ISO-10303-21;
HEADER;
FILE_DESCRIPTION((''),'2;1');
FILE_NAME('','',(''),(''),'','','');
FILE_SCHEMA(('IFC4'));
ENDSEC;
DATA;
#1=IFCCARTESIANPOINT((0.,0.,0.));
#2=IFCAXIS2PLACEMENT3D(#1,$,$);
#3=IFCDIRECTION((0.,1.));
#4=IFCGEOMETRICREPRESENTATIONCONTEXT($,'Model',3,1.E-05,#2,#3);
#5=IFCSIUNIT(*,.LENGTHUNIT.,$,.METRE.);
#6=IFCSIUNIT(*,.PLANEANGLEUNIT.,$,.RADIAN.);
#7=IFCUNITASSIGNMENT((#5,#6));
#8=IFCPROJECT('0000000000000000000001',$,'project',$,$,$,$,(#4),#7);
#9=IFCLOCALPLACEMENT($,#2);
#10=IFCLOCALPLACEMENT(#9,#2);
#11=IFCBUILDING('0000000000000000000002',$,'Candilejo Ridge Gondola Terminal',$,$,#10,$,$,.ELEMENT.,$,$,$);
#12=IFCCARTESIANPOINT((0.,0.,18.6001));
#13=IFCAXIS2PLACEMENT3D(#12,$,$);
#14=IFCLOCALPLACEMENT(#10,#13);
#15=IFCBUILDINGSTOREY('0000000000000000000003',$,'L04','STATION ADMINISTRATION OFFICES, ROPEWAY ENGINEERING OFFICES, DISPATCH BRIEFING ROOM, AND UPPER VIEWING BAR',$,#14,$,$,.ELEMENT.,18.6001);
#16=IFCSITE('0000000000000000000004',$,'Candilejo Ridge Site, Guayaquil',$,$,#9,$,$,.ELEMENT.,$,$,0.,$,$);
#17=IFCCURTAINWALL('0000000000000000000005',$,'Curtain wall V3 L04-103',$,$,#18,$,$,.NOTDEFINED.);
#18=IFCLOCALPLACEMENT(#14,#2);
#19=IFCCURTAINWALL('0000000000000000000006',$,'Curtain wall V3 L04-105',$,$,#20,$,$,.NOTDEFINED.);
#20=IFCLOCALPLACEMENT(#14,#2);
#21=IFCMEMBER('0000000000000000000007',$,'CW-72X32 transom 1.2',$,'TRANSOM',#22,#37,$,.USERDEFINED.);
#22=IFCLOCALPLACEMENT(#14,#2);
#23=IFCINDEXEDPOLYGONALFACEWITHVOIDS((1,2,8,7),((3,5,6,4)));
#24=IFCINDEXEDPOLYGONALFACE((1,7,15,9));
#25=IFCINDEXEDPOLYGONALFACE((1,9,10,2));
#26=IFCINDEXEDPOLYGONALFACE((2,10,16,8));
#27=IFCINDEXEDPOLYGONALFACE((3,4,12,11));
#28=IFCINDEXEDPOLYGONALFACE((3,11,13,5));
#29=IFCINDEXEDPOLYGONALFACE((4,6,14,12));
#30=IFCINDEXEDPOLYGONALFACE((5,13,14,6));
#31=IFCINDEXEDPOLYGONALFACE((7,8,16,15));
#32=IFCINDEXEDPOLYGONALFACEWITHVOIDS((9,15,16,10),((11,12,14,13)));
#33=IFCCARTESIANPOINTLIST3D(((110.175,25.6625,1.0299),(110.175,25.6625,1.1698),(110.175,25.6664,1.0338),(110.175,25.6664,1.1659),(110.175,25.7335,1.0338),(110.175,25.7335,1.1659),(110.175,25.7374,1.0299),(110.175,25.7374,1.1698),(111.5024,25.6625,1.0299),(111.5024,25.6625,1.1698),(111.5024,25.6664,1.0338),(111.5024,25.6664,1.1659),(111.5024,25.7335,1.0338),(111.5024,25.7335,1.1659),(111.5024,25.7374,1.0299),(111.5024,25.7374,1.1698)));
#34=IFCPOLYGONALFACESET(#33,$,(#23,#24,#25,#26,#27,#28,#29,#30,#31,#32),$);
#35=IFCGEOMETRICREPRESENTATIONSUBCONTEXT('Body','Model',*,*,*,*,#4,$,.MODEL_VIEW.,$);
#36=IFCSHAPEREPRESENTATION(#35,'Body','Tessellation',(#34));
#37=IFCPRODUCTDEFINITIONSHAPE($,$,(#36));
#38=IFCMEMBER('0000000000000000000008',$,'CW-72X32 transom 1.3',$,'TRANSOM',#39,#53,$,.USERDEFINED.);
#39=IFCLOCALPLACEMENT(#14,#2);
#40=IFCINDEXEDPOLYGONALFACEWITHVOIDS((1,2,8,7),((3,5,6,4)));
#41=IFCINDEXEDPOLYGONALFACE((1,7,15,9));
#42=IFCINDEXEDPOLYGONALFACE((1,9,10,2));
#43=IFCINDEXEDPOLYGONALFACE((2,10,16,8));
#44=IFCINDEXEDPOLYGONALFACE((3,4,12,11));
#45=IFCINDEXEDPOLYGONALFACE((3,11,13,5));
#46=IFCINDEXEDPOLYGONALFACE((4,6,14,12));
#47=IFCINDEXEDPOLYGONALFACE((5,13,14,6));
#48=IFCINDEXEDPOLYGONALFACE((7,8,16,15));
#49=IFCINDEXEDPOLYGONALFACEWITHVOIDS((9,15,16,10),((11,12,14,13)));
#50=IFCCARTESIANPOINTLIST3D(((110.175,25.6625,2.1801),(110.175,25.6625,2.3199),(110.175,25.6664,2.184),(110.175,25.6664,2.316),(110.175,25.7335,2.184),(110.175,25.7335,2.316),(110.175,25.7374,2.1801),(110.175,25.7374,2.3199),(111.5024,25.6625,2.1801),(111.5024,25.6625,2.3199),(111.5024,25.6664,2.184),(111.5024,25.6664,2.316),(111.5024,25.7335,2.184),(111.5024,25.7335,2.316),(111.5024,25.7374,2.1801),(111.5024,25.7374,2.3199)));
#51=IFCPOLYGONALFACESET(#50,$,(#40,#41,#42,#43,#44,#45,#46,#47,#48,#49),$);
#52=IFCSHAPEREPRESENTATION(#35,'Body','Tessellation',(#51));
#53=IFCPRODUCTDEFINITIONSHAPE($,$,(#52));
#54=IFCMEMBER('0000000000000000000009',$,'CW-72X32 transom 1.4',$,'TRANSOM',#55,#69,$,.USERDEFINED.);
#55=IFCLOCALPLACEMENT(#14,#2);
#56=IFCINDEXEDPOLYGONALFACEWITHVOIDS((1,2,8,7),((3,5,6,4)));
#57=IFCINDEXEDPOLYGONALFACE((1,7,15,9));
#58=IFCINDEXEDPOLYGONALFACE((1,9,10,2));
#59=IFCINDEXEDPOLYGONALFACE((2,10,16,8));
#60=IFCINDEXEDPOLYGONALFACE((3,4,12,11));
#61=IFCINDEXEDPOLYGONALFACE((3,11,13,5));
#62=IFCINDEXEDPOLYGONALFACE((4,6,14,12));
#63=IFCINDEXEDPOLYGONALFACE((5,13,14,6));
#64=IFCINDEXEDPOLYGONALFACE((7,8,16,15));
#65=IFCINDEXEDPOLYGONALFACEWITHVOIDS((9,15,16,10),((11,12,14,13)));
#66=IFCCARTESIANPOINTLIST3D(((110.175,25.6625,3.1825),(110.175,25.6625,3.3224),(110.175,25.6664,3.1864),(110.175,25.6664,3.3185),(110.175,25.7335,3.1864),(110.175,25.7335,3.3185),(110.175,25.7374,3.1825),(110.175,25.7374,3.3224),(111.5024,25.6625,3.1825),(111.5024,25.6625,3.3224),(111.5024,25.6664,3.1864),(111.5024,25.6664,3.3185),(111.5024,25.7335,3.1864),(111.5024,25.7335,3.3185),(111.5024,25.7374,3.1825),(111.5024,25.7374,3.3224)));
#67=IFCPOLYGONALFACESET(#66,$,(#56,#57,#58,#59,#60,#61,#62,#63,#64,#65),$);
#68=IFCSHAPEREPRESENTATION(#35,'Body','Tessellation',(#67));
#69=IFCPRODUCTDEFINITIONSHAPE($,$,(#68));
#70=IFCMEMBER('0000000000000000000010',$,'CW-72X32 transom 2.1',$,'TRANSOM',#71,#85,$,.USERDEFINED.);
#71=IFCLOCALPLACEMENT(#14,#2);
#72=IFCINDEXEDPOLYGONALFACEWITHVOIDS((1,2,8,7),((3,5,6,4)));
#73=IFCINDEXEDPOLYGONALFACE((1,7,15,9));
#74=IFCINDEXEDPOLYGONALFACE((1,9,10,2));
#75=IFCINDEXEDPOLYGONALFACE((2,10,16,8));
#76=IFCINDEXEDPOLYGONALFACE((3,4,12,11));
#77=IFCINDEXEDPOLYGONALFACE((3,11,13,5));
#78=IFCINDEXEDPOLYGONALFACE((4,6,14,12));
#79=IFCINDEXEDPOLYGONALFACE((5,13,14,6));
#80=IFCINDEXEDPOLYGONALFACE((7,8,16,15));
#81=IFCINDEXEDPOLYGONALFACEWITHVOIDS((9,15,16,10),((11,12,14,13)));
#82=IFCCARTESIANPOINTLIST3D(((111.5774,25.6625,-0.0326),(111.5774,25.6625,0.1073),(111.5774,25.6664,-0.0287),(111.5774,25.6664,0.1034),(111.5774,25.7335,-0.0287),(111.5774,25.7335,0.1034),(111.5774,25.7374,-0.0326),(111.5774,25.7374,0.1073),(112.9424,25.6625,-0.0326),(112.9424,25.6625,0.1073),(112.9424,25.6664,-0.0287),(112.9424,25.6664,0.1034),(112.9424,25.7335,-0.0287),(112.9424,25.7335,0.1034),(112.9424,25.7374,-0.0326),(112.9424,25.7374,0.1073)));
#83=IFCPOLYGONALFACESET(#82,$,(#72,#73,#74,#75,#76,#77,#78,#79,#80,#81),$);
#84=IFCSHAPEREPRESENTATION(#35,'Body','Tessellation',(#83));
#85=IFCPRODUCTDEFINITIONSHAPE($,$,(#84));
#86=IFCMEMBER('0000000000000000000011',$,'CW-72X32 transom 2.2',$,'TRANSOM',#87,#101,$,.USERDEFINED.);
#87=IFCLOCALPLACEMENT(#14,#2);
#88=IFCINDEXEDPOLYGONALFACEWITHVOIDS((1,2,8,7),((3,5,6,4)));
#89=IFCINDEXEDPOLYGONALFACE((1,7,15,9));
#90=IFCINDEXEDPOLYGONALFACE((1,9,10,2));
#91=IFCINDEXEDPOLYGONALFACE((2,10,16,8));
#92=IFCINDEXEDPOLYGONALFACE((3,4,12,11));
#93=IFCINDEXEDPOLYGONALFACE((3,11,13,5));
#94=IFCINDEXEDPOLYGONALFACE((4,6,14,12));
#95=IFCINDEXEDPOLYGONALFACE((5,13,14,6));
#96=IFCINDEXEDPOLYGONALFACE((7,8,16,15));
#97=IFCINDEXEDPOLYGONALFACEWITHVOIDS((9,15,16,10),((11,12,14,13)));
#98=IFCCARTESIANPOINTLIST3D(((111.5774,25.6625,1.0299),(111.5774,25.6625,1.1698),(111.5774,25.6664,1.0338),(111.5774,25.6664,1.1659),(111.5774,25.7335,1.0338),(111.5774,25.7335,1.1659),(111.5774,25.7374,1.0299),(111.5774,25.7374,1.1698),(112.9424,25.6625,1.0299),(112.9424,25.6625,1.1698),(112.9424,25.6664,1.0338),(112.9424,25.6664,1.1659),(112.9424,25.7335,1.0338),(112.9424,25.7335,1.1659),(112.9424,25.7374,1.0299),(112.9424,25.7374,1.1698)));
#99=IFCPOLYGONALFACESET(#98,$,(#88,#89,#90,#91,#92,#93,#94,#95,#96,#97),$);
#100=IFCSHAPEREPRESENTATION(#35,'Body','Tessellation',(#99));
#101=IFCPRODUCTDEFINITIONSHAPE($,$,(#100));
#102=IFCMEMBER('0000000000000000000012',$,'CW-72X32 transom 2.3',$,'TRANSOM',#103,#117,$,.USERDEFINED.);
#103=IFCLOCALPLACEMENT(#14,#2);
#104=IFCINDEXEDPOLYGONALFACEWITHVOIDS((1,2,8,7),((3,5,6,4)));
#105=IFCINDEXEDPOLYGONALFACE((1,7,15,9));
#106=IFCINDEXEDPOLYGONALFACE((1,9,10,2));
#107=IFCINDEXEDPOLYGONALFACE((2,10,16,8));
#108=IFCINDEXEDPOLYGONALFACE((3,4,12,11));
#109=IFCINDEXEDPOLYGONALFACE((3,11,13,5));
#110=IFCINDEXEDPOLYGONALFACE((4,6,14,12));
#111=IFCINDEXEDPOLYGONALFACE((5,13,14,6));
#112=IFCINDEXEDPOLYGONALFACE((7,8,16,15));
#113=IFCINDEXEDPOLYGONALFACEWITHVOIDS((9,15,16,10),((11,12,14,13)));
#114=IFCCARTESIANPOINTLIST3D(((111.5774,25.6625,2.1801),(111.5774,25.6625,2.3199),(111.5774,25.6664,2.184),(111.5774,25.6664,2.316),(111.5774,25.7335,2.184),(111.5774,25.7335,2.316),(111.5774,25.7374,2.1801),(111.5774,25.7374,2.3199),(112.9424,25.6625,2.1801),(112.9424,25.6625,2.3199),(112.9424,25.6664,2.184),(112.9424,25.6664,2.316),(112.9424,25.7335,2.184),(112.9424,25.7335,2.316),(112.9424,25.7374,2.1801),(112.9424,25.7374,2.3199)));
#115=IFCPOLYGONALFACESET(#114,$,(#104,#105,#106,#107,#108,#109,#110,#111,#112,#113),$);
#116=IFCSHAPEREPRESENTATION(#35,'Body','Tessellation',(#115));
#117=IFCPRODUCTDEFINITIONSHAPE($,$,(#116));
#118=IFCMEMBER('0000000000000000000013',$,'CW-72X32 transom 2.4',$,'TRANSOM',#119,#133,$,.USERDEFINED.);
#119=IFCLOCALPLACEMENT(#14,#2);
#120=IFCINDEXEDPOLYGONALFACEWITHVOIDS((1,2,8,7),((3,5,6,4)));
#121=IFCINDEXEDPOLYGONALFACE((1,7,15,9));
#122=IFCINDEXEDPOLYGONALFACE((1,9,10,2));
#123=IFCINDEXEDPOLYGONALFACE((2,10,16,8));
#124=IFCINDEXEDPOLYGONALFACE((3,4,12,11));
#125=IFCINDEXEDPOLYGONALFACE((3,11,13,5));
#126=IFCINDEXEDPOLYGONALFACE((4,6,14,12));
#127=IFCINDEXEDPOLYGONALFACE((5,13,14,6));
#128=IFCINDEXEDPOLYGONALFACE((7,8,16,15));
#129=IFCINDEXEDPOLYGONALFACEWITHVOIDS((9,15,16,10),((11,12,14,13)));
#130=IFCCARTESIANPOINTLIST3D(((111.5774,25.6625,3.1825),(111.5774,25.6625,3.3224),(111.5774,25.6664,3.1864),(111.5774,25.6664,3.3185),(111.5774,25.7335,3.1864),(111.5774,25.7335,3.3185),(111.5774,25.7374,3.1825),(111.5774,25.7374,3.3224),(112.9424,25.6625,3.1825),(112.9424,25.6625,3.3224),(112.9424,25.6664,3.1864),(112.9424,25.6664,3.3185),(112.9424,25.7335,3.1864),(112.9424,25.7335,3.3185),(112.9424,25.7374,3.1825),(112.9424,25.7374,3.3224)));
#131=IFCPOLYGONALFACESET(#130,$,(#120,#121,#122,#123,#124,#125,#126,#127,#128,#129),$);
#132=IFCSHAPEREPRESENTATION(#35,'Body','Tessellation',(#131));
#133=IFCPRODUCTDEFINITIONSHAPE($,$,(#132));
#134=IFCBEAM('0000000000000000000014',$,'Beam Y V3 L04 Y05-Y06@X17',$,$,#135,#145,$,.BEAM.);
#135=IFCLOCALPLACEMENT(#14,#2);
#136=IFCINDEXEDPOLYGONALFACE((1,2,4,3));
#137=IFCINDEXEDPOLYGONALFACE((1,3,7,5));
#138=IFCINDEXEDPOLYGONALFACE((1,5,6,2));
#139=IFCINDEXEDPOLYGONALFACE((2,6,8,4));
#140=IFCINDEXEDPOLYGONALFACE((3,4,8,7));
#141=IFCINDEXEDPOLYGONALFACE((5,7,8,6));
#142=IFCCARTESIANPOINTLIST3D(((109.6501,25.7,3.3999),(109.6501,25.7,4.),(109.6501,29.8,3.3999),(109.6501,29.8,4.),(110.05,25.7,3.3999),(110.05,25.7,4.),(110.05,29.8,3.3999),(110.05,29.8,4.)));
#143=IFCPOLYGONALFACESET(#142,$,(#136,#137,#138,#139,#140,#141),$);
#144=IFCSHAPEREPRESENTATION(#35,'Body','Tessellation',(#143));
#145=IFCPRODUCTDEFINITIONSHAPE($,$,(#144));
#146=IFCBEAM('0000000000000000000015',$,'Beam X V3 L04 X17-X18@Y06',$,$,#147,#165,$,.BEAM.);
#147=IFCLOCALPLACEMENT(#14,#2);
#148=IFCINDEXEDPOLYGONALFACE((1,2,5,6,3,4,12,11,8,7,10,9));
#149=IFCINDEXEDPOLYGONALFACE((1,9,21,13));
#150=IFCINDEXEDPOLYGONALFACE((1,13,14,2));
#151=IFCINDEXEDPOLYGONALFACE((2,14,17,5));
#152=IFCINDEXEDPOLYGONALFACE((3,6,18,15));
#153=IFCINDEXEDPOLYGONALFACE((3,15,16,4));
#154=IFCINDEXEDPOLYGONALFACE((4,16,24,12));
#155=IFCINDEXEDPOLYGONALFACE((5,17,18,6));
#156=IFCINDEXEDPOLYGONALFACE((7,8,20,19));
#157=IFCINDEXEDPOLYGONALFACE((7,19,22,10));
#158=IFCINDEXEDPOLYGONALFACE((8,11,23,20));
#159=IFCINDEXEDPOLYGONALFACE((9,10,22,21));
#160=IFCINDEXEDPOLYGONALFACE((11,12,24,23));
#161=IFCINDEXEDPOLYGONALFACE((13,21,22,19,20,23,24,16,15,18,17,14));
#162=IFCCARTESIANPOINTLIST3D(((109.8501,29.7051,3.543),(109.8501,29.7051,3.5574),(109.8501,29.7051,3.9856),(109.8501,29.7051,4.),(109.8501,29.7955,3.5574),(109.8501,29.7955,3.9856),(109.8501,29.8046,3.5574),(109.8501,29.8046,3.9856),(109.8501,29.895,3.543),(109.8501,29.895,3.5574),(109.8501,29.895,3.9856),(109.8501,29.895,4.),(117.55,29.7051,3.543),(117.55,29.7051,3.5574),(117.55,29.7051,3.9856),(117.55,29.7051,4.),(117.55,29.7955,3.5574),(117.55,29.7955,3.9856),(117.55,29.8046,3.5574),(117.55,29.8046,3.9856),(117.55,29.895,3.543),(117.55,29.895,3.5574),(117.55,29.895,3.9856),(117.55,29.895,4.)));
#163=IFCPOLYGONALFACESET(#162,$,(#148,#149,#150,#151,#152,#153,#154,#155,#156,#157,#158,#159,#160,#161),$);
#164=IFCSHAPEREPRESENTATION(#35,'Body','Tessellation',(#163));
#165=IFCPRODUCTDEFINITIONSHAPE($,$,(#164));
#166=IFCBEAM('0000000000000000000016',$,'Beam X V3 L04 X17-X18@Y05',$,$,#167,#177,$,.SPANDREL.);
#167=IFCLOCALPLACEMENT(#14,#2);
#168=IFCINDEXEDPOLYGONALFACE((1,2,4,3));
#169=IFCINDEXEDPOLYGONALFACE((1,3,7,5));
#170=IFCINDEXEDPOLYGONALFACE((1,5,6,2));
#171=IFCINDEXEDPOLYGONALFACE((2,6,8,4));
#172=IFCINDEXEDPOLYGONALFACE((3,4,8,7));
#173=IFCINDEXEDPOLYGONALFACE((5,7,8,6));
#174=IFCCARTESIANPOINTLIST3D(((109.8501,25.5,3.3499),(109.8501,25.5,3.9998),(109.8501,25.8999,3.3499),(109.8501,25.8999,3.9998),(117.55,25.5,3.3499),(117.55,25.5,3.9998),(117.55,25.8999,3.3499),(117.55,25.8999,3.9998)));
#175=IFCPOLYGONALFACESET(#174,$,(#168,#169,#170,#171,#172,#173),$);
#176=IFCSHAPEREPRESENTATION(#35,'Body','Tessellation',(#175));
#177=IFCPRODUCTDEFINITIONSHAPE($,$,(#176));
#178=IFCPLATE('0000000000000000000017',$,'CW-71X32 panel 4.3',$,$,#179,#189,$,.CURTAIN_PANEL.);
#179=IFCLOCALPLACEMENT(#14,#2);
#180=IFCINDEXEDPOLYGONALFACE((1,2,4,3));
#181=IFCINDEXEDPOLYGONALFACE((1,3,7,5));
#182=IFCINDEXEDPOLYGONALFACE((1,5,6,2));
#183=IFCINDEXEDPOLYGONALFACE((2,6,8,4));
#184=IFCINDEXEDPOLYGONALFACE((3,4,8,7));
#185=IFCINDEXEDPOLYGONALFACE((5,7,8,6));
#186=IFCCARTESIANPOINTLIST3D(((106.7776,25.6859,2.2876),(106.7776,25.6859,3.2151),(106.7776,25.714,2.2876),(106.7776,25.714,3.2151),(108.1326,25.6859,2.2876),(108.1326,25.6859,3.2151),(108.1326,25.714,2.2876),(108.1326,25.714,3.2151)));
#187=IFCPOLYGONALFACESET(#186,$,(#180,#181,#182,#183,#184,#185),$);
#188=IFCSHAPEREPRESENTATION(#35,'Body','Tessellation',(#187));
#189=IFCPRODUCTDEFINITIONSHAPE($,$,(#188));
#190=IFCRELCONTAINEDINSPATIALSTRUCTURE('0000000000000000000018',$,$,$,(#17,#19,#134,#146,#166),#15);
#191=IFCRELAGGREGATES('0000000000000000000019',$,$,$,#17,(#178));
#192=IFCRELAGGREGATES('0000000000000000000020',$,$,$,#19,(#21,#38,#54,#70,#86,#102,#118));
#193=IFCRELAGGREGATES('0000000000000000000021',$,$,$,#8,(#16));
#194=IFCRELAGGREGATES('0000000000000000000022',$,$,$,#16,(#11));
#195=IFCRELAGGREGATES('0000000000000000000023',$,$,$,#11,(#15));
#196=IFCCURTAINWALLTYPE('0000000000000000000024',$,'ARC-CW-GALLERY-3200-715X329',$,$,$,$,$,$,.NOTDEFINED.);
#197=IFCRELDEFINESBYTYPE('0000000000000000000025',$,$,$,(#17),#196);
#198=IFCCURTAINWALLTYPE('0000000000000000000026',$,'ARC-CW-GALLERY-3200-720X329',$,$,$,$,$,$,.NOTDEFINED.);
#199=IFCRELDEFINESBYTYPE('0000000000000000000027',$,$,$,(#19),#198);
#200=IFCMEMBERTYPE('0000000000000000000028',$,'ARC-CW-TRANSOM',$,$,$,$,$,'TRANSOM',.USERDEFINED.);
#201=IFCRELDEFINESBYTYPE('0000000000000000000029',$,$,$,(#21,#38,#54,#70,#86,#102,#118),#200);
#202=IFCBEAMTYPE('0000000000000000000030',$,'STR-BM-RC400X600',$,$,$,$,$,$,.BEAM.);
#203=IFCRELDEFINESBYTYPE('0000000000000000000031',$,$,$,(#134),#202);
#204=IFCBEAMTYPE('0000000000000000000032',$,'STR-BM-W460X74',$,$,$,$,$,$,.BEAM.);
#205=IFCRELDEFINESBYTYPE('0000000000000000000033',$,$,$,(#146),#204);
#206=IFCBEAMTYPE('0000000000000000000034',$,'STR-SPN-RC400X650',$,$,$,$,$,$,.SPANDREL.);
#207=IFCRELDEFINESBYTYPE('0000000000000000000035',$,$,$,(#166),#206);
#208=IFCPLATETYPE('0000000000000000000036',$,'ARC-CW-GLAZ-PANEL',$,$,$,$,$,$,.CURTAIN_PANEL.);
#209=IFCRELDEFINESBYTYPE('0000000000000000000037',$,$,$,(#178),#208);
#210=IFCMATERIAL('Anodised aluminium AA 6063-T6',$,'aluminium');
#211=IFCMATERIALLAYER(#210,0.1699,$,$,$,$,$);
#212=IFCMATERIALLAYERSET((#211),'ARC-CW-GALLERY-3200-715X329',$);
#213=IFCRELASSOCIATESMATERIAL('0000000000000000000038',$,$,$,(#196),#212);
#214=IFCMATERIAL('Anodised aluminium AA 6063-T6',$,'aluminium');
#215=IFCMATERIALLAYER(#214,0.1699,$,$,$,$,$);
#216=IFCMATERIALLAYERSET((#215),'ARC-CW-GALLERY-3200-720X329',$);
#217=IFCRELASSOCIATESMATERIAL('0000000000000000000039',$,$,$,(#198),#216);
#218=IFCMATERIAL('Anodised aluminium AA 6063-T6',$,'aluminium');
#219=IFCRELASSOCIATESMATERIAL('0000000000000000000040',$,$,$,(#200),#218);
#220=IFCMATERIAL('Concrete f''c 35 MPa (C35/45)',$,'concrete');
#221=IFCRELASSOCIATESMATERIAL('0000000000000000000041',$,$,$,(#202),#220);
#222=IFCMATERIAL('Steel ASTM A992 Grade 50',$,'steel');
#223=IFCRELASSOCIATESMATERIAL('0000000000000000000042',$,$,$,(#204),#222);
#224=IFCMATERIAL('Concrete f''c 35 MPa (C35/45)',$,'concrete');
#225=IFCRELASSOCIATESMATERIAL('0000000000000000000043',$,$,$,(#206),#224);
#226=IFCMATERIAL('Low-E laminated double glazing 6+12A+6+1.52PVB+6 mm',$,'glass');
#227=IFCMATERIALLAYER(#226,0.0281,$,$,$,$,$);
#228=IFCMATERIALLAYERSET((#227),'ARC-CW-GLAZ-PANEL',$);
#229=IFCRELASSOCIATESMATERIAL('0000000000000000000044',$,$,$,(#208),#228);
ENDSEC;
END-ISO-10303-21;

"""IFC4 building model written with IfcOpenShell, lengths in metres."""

from ifc_helpers import new_model, si_unit, direction, frame, origin, origin_2d, place, context, subcontext, project, spatial, rectangle, hollow_rectangle, i_section, extrude, material, layer, layer_set, material_profile, profile_set, type_object, element, aggregate, save


model = new_model("IFC4")

# Units and contexts
model_context = context("Model", 3, precision=1e-05, world=origin(), true_north=direction((0.0, 1.0)))
body_context = subcontext(model_context, "Body", "Model", "MODEL_VIEW")
ifc_project = project(units=[si_unit("LENGTHUNIT", "METRE"), si_unit("PLANEANGLEUNIT", "RADIAN")], contexts=[model_context])

# Site, building, storey
site_placement = place(None, origin())
site = spatial("IfcSite", under=ifc_project, at=site_placement, Name="Candilejo Ridge Site, Guayaquil", CompositionType="ELEMENT", RefElevation=0.0)
building_placement = place(site_placement, origin())
building = spatial("IfcBuilding", under=site, at=building_placement, Name="Candilejo Ridge Gondola Terminal", CompositionType="ELEMENT")
storey_placement = place(building_placement, frame((0.0, 0.0, 18.6001)))
storey = spatial("IfcBuildingStorey", under=building, at=storey_placement, Name="L04", Description="STATION ADMINISTRATION OFFICES, ROPEWAY ENGINEERING OFFICES, DISPATCH BRIEFING ROOM, AND UPPER VIEWING BAR", CompositionType="ELEMENT", Elevation=18.6001)

# Curtain walls
ifc_material_1 = material(Name="Anodised aluminium AA 6063-T6", Category="aluminium")
ifc_layer_1 = layer(ifc_material_1, 0.1699)
ifc_layer_set_1 = layer_set([ifc_layer_1], Name="ARC-CW-GALLERY-3200-715X329")
curtain_wall_type_1 = type_object("IfcCurtainWallType", Name="ARC-CW-GALLERY-3200-715X329", PredefinedType="NOTDEFINED", material=ifc_layer_set_1)
curtain_wall_1_placement = place(storey_placement, origin())
curtain_wall_1 = element("IfcCurtainWall", 1, at=curtain_wall_1_placement, inside=storey, type_object=curtain_wall_type_1, Name="Curtain wall V3 L04-103", PredefinedType="NOTDEFINED")
ifc_material_2 = material(Name="Anodised aluminium AA 6063-T6", Category="aluminium")
ifc_layer_2 = layer(ifc_material_2, 0.1699)
ifc_layer_set_2 = layer_set([ifc_layer_2], Name="ARC-CW-GALLERY-3200-720X329")
curtain_wall_type_2 = type_object("IfcCurtainWallType", Name="ARC-CW-GALLERY-3200-720X329", PredefinedType="NOTDEFINED", material=ifc_layer_set_2)
curtain_wall_2_placement = place(storey_placement, origin())
curtain_wall_2 = element("IfcCurtainWall", 2, at=curtain_wall_2_placement, inside=storey, type_object=curtain_wall_type_2, Name="Curtain wall V3 L04-105", PredefinedType="NOTDEFINED")

# Members
ifc_material_3 = material(Name="Anodised aluminium AA 6063-T6", Category="aluminium")
ifc_material_profile_1 = material_profile(ifc_material_3, hollow_rectangle(XDim=0.075, YDim=0.1399, WallThickness=0.0039, at=origin_2d()))
ifc_profile_set_1 = profile_set([ifc_material_profile_1], Name="Anodised aluminium AA 6063-T6")
member_type_1 = type_object("IfcMemberType", Name="ARC-CW-TRANSOM", ElementType="TRANSOM", PredefinedType="USERDEFINED", material=ifc_profile_set_1)
member_1_placement = place(storey_placement, frame((110.175, 25.7, 1.0999), z_axis=(1.0, 0.0, 0.0), x_axis=(0.0, 1.0, 0.0)))
member_1 = element("IfcMember", 3, at=member_1_placement, type_object=member_type_1, Name="CW-72X32 transom 1.2", ObjectType="TRANSOM", PredefinedType="USERDEFINED", context=body_context, shape_type="SweptSolid", body=[
    extrude(hollow_rectangle(XDim=0.075, YDim=0.1399, WallThickness=0.0039, at=origin_2d()), origin(), (0.0, 0.0, 1.0), 1.3274),
])
member_2_placement = place(storey_placement, frame((110.175, 25.7, 2.25), z_axis=(1.0, 0.0, 0.0), x_axis=(0.0, 1.0, 0.0)))
member_2 = element("IfcMember", 4, at=member_2_placement, type_object=member_type_1, Name="CW-72X32 transom 1.3", ObjectType="TRANSOM", PredefinedType="USERDEFINED", context=body_context, shape_type="SweptSolid", body=[
    extrude(hollow_rectangle(XDim=0.075, YDim=0.1399, WallThickness=0.0039, at=origin_2d()), origin(), (0.0, 0.0, 1.0), 1.3274),
])
member_3_placement = place(storey_placement, frame((110.175, 25.7, 3.2524), z_axis=(1.0, 0.0, 0.0), x_axis=(0.0, 1.0, 0.0)))
member_3 = element("IfcMember", 5, at=member_3_placement, type_object=member_type_1, Name="CW-72X32 transom 1.4", ObjectType="TRANSOM", PredefinedType="USERDEFINED", context=body_context, shape_type="SweptSolid", body=[
    extrude(hollow_rectangle(XDim=0.075, YDim=0.1399, WallThickness=0.0039, at=origin_2d()), origin(), (0.0, 0.0, 1.0), 1.3274),
])
member_4_placement = place(storey_placement, frame((111.5774, 25.7, 0.0374), z_axis=(1.0, 0.0, 0.0), x_axis=(0.0, 1.0, 0.0)))
member_4 = element("IfcMember", 6, at=member_4_placement, type_object=member_type_1, Name="CW-72X32 transom 2.1", ObjectType="TRANSOM", PredefinedType="USERDEFINED", context=body_context, shape_type="SweptSolid", body=[
    extrude(hollow_rectangle(XDim=0.075, YDim=0.1399, WallThickness=0.0039, at=origin_2d()), origin(), (0.0, 0.0, 1.0), 1.365),
])
member_5_placement = place(storey_placement, frame((111.5774, 25.7, 1.0999), z_axis=(1.0, 0.0, 0.0), x_axis=(0.0, 1.0, 0.0)))
member_5 = element("IfcMember", 7, at=member_5_placement, type_object=member_type_1, Name="CW-72X32 transom 2.2", ObjectType="TRANSOM", PredefinedType="USERDEFINED", context=body_context, shape_type="SweptSolid", body=[
    extrude(hollow_rectangle(XDim=0.075, YDim=0.1399, WallThickness=0.0039, at=origin_2d()), origin(), (0.0, 0.0, 1.0), 1.365),
])
member_6_placement = place(storey_placement, frame((111.5774, 25.7, 2.25), z_axis=(1.0, 0.0, 0.0), x_axis=(0.0, 1.0, 0.0)))
member_6 = element("IfcMember", 8, at=member_6_placement, type_object=member_type_1, Name="CW-72X32 transom 2.3", ObjectType="TRANSOM", PredefinedType="USERDEFINED", context=body_context, shape_type="SweptSolid", body=[
    extrude(hollow_rectangle(XDim=0.075, YDim=0.1399, WallThickness=0.0039, at=origin_2d()), origin(), (0.0, 0.0, 1.0), 1.365),
])
member_7_placement = place(storey_placement, frame((111.5774, 25.7, 3.2524), z_axis=(1.0, 0.0, 0.0), x_axis=(0.0, 1.0, 0.0)))
member_7 = element("IfcMember", 9, at=member_7_placement, type_object=member_type_1, Name="CW-72X32 transom 2.4", ObjectType="TRANSOM", PredefinedType="USERDEFINED", context=body_context, shape_type="SweptSolid", body=[
    extrude(hollow_rectangle(XDim=0.075, YDim=0.1399, WallThickness=0.0039, at=origin_2d()), origin(), (0.0, 0.0, 1.0), 1.365),
])

# Beams
ifc_material_4 = material(Name="Concrete f'c 35 MPa (C35/45)", Category="concrete")
ifc_material_profile_2 = material_profile(ifc_material_4, rectangle(XDim=0.3999, YDim=0.6001, at=origin_2d()))
ifc_profile_set_2 = profile_set([ifc_material_profile_2], Name="Concrete f'c 35 MPa (C35/45)")
beam_type_1 = type_object("IfcBeamType", Name="STR-BM-RC400X600", PredefinedType="BEAM", material=ifc_profile_set_2)
beam_1_placement = place(storey_placement, frame((109.8501, 25.7, 3.7), z_axis=(0.0, 1.0, 0.0), x_axis=(-1.0, 0.0, 0.0)))
element("IfcBeam", 10, at=beam_1_placement, inside=storey, type_object=beam_type_1, Name="Beam Y V3 L04 Y05-Y06@X17", PredefinedType="BEAM", context=body_context, shape_type="SweptSolid", body=[
    extrude(rectangle(XDim=0.3999, YDim=0.6001, at=origin_2d()), origin(), (0.0, 0.0, 1.0), 4.1001),
])
ifc_material_5 = material(Name="Steel ASTM A992 Grade 50", Category="steel")
ifc_material_profile_3 = material_profile(ifc_material_5, i_section(OverallWidth=0.1899, OverallDepth=0.457, WebThickness=0.009, FlangeThickness=0.0144, at=origin_2d()))
ifc_profile_set_3 = profile_set([ifc_material_profile_3], Name="Steel ASTM A992 Grade 50")
beam_type_2 = type_object("IfcBeamType", Name="STR-BM-W460X74", PredefinedType="BEAM", material=ifc_profile_set_3)
beam_2_placement = place(storey_placement, frame((109.8501, 29.8, 3.7715), z_axis=(1.0, 0.0, 0.0), x_axis=(0.0, 1.0, 0.0)))
element("IfcBeam", 11, at=beam_2_placement, inside=storey, type_object=beam_type_2, Name="Beam X V3 L04 X17-X18@Y06", PredefinedType="BEAM", context=body_context, shape_type="SweptSolid", body=[
    extrude(i_section(OverallWidth=0.1899, OverallDepth=0.457, WebThickness=0.009, FlangeThickness=0.0144, at=origin_2d()), origin(), (0.0, 0.0, 1.0), 7.7),
])
ifc_material_6 = material(Name="Concrete f'c 35 MPa (C35/45)", Category="concrete")
ifc_material_profile_4 = material_profile(ifc_material_6, rectangle(XDim=0.3999, YDim=0.6499, at=origin_2d()))
ifc_profile_set_4 = profile_set([ifc_material_profile_4], Name="Concrete f'c 35 MPa (C35/45)")
beam_type_3 = type_object("IfcBeamType", Name="STR-SPN-RC400X650", PredefinedType="SPANDREL", material=ifc_profile_set_4)
beam_3_placement = place(storey_placement, frame((109.8501, 25.7, 3.6748), z_axis=(1.0, 0.0, 0.0), x_axis=(0.0, 1.0, 0.0)))
element("IfcBeam", 12, at=beam_3_placement, inside=storey, type_object=beam_type_3, Name="Beam X V3 L04 X17-X18@Y05", PredefinedType="SPANDREL", context=body_context, shape_type="SweptSolid", body=[
    extrude(rectangle(XDim=0.3999, YDim=0.6499, at=origin_2d()), origin(), (0.0, 0.0, 1.0), 7.7),
])

# Plate
ifc_material_7 = material(Name="Low-E laminated double glazing 6+12A+6+1.52PVB+6 mm", Category="glass")
ifc_layer_3 = layer(ifc_material_7, 0.0281)
ifc_layer_set_3 = layer_set([ifc_layer_3], Name="ARC-CW-GLAZ-PANEL")
plate_type = type_object("IfcPlateType", Name="ARC-CW-GLAZ-PANEL", PredefinedType="CURTAIN_PANEL", material=ifc_layer_set_3)
plate_1_placement = place(storey_placement, frame((107.4551, 25.7, 2.2876), z_axis=(0.0, 0.0, 1.0), x_axis=(1.0, 0.0, 0.0)))
plate_1 = element("IfcPlate", 13, at=plate_1_placement, type_object=plate_type, Name="CW-71X32 panel 4.3", PredefinedType="CURTAIN_PANEL", context=body_context, shape_type="SweptSolid", body=[
    extrude(rectangle(XDim=1.355, YDim=0.0281, at=origin_2d()), origin(), (0.0, 0.0, 1.0), 0.9275),
])
aggregate(curtain_wall_1, [plate_1])
aggregate(curtain_wall_2, [member_1, member_2, member_3, member_4, member_5, member_6, member_7])

save(model, "model.ifc")
